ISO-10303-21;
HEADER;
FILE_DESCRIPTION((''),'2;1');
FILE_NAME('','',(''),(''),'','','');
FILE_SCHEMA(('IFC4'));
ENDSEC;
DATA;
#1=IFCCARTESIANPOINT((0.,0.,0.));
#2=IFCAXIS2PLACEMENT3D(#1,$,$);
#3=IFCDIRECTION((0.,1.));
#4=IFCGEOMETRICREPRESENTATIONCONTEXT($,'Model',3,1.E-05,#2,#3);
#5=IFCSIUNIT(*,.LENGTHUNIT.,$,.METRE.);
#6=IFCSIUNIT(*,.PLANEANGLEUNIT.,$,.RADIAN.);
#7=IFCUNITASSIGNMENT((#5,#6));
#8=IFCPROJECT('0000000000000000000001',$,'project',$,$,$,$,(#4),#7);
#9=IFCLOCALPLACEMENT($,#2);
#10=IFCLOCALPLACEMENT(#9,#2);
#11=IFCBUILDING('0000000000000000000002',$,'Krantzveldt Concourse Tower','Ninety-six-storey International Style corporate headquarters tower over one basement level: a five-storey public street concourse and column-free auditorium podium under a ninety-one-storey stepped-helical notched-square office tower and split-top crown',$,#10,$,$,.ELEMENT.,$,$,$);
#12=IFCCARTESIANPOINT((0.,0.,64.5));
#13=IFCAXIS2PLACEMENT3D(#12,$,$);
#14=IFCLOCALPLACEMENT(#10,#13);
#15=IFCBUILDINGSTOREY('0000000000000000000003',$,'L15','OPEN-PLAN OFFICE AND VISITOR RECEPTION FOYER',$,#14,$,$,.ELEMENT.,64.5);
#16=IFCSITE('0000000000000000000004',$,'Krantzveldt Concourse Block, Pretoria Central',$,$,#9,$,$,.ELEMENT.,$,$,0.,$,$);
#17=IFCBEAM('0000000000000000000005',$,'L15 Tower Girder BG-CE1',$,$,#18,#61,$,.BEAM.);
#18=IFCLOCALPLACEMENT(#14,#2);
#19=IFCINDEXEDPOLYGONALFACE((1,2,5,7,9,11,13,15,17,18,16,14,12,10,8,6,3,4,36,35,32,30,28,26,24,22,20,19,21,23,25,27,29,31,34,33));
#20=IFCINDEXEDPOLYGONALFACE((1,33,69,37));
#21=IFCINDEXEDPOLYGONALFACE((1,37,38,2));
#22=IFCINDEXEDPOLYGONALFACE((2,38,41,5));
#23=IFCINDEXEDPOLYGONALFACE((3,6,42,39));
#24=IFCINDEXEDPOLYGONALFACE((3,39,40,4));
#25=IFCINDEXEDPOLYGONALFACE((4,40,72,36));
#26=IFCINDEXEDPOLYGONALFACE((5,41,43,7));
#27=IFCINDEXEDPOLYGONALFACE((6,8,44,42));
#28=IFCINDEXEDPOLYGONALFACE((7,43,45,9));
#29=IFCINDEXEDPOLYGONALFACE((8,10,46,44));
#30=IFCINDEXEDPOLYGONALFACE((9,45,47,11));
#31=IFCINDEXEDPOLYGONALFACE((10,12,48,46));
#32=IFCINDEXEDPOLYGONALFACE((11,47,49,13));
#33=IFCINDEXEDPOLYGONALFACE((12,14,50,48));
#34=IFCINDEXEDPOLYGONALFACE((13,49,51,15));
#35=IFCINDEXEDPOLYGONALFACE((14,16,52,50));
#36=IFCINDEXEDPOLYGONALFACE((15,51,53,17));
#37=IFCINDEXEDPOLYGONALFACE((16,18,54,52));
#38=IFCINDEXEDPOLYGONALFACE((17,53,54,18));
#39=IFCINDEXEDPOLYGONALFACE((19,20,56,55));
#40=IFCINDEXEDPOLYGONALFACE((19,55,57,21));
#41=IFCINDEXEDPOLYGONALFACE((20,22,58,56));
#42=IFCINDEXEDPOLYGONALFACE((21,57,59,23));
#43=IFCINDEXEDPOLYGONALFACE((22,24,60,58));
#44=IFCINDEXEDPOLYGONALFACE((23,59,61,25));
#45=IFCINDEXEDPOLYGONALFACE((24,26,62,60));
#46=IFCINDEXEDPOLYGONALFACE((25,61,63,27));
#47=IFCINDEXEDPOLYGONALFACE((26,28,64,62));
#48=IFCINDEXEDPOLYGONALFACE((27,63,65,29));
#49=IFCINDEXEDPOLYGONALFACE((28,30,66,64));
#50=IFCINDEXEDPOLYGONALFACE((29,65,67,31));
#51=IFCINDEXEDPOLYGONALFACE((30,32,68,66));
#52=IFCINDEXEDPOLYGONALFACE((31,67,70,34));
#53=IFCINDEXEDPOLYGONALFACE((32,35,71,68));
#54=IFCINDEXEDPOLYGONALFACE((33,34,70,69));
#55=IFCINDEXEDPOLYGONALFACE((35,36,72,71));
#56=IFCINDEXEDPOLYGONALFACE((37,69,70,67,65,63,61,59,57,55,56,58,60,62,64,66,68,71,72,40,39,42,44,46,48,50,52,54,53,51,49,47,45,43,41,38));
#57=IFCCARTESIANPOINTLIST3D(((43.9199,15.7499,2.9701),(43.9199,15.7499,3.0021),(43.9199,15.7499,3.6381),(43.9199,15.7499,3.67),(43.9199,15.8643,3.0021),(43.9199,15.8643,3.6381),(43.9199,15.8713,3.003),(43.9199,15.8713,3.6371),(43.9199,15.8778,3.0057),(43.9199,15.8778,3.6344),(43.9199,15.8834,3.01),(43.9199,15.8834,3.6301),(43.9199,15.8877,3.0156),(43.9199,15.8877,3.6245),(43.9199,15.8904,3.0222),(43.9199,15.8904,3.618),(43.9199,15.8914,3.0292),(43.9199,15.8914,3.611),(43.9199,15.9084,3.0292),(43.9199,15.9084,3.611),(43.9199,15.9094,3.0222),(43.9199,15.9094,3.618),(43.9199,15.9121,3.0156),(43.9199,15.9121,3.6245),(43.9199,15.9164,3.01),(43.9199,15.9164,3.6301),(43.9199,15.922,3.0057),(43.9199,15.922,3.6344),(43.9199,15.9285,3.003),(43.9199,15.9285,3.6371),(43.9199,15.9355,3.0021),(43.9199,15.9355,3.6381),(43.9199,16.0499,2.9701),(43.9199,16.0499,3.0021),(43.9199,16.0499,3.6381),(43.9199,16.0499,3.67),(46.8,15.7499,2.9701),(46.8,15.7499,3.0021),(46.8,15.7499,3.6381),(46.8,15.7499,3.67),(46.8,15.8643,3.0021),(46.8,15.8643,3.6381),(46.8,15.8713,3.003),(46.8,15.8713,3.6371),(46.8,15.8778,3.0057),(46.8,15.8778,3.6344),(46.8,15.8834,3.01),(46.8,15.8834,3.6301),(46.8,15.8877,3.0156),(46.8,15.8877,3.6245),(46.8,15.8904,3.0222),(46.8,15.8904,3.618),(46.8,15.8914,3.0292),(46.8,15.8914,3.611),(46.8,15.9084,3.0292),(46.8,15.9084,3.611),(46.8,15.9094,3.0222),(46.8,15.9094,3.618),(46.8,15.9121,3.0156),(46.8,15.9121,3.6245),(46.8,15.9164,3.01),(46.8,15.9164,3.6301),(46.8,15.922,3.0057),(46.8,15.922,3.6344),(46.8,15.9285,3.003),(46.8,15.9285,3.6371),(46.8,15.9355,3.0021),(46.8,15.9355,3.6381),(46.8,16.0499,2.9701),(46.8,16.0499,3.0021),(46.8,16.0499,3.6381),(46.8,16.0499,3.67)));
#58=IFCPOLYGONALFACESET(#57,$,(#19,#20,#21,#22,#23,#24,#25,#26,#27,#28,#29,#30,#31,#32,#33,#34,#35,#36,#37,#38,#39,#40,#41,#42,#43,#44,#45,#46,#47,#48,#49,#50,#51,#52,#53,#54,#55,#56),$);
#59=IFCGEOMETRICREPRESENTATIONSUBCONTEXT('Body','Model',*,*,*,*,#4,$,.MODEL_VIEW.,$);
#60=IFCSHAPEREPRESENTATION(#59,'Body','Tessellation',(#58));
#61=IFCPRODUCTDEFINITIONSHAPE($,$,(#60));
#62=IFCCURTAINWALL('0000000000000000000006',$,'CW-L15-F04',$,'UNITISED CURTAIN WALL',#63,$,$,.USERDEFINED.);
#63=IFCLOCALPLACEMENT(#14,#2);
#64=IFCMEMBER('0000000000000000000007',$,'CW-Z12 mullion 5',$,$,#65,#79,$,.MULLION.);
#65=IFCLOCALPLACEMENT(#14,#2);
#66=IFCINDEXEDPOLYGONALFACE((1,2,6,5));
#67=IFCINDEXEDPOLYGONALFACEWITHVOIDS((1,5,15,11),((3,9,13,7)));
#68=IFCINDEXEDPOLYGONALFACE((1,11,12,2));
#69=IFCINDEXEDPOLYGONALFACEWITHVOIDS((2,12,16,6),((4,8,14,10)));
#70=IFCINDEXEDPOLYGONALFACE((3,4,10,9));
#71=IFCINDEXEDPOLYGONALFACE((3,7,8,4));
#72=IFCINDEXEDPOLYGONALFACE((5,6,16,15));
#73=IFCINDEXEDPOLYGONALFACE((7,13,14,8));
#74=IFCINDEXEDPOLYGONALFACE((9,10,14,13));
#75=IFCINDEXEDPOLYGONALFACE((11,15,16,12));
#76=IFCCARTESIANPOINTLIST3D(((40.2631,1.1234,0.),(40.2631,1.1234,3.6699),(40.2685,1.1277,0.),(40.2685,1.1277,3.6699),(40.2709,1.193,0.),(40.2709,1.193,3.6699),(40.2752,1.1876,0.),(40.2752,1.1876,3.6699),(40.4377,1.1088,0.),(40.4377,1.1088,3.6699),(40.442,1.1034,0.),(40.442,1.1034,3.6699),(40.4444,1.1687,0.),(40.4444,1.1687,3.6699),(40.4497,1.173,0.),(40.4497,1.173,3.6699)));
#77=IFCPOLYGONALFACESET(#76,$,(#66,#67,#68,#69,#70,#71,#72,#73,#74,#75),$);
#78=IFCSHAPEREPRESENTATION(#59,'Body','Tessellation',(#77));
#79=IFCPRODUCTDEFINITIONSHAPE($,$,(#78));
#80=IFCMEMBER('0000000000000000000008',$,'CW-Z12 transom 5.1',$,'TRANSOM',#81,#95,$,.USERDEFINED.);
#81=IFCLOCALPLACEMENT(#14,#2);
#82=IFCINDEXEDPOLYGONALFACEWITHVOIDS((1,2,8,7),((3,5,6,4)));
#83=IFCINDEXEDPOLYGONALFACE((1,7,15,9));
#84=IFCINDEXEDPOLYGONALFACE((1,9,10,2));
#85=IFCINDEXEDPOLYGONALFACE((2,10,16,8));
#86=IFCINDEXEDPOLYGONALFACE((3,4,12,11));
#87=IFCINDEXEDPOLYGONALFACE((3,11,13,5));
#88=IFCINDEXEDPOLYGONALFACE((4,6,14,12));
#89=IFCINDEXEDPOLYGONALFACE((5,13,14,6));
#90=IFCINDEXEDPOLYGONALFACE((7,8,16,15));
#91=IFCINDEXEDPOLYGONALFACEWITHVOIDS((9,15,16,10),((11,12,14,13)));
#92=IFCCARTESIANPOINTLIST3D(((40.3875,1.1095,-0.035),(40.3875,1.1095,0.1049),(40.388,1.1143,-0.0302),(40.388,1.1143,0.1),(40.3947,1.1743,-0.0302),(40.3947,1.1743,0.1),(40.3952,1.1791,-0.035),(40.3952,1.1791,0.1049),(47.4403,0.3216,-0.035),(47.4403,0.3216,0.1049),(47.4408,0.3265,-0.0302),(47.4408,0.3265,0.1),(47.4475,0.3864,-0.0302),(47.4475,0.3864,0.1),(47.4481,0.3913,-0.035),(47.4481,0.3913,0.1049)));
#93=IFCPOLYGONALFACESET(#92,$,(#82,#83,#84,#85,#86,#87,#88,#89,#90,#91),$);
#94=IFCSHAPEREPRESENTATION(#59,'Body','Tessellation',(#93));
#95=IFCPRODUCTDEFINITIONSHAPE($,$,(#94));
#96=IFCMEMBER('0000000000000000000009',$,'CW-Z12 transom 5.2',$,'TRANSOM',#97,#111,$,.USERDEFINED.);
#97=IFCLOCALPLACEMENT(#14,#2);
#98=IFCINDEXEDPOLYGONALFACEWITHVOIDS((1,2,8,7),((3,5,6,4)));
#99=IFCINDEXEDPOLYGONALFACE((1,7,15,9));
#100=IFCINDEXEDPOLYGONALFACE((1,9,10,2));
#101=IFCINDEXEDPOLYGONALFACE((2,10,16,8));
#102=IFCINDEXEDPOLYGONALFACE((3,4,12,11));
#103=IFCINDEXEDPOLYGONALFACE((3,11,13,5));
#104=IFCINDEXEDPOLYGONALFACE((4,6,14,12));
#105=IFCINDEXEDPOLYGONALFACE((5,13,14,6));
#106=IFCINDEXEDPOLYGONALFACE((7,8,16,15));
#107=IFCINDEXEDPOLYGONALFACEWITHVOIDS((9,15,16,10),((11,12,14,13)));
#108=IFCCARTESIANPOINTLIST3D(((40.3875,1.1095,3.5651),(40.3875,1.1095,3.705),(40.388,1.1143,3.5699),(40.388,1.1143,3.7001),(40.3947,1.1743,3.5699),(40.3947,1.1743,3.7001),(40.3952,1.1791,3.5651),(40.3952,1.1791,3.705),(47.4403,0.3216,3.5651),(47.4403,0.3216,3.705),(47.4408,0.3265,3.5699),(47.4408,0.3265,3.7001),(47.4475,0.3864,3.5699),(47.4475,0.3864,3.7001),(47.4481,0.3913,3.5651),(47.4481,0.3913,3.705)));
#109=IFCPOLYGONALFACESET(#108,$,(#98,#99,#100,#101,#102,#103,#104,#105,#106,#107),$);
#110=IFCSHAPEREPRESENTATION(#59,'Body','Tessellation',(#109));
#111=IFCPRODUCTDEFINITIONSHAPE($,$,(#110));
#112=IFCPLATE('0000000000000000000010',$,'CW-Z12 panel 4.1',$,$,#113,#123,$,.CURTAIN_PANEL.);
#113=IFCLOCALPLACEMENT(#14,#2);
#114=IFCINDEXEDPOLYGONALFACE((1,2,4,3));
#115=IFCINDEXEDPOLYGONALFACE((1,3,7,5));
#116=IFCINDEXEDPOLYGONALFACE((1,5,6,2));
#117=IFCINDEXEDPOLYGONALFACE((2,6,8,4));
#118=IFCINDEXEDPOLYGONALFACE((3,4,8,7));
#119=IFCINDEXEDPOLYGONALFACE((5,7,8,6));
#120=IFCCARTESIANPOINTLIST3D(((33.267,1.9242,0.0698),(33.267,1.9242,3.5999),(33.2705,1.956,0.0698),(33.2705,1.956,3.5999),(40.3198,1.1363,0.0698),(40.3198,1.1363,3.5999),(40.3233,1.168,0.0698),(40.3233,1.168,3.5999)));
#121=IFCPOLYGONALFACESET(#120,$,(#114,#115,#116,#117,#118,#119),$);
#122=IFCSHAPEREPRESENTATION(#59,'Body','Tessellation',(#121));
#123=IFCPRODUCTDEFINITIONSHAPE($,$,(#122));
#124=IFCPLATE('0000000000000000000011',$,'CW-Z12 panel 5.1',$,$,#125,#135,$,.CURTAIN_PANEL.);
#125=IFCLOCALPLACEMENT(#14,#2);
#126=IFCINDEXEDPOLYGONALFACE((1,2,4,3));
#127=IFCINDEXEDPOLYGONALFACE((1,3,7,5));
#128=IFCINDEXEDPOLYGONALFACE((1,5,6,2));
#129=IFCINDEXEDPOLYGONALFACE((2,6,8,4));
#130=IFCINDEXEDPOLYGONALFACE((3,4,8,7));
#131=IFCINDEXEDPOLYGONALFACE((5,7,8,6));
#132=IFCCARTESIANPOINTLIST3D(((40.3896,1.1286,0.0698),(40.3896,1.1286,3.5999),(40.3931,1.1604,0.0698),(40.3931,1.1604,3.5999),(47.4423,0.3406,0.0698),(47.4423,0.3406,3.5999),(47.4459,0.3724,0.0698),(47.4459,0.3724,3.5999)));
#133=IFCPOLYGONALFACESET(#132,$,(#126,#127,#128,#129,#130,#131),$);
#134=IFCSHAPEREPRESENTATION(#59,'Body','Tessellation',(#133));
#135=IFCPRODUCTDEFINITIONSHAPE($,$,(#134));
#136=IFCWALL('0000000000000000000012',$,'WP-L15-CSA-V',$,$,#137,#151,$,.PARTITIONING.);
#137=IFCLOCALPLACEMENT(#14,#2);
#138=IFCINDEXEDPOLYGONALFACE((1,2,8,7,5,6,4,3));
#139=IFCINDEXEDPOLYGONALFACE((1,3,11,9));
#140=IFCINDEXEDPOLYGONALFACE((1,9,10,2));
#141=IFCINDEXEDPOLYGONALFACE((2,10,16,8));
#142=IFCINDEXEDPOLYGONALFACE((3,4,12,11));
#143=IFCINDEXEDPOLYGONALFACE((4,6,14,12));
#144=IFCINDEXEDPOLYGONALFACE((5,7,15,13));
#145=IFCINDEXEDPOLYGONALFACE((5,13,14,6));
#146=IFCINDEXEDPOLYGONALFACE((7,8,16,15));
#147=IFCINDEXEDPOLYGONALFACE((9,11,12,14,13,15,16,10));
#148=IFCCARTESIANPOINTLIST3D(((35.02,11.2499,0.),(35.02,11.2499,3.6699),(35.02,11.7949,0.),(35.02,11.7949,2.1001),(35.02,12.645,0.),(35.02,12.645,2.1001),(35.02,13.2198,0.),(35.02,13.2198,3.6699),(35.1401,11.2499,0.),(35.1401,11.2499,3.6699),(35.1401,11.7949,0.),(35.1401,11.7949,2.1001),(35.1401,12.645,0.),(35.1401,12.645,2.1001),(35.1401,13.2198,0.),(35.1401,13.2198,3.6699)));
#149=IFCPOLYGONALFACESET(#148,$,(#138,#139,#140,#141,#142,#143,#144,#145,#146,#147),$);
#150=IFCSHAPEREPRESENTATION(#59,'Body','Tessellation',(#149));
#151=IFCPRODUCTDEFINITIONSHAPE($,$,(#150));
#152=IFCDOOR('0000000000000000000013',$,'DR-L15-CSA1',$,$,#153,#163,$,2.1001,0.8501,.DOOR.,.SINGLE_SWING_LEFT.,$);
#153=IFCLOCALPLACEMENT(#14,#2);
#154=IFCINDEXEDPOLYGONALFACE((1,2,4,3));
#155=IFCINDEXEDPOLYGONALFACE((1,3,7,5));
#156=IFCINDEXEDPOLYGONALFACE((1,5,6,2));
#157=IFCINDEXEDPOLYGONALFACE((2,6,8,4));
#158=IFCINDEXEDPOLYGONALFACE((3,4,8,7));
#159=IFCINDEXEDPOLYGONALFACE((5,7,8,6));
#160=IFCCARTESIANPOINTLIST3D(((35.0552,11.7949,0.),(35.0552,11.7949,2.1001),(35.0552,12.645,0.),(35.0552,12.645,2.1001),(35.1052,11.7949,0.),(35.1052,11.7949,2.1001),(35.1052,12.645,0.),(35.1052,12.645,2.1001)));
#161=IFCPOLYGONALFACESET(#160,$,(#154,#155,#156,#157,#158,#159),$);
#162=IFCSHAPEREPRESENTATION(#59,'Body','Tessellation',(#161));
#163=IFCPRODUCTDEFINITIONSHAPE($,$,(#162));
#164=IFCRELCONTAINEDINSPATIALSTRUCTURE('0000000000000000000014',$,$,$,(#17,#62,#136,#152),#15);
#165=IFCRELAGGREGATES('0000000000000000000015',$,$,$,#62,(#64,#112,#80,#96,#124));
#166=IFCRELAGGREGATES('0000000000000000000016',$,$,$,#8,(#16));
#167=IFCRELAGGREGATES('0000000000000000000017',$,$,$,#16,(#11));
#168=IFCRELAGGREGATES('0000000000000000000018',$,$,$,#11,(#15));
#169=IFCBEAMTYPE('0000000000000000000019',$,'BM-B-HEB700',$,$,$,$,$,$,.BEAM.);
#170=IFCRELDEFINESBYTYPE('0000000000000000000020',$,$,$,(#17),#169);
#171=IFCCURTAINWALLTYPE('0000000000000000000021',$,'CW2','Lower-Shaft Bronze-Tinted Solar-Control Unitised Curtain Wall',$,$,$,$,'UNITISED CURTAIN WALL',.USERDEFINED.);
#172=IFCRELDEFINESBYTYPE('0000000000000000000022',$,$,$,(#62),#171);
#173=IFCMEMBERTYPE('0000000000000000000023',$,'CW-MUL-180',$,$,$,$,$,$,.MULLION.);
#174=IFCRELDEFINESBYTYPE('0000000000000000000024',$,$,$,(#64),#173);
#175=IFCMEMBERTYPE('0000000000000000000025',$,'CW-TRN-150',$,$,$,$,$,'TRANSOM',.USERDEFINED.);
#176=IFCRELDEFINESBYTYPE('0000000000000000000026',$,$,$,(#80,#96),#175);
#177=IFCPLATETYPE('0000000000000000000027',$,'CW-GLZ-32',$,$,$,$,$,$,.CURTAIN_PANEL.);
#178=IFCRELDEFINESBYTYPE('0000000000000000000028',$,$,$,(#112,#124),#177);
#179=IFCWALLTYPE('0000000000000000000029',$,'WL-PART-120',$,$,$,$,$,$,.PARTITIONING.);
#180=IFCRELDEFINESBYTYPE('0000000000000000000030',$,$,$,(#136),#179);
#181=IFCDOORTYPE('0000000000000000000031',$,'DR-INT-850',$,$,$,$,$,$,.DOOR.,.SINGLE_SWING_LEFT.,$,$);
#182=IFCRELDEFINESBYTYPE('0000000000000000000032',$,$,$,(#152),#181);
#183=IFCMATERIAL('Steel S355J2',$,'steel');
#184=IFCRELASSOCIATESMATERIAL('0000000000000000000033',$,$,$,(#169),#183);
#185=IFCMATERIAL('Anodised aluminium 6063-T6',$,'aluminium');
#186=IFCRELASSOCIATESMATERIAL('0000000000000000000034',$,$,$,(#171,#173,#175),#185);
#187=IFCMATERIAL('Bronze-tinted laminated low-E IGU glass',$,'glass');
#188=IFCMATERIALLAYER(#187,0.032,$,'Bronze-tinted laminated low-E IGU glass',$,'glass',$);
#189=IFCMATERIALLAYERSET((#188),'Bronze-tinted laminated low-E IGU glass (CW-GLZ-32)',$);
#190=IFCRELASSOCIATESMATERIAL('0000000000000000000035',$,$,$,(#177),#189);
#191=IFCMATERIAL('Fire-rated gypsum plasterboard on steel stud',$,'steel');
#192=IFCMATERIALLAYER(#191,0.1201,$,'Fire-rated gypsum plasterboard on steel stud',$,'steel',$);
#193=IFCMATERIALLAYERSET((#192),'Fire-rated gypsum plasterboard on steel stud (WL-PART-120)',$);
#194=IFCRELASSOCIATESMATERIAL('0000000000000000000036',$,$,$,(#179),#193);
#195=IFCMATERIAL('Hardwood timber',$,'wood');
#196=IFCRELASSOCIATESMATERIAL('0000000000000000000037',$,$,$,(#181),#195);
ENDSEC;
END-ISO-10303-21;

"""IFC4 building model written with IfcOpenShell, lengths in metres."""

from ifc_helpers import new_model, si_unit, direction, frame, frame_2d, origin, origin_2d, place, context, subcontext, project, spatial, rectangle, hollow_rectangle, i_section, extrude, source, transform, mapped, material, layer, layer_set, material_profile, profile_set, type_object, type_shapes, element, fill, aggregate, save


model = new_model("IFC4")

# Units and contexts
model_context = context("Model", 3, precision=1e-05, world=origin(), true_north=direction((0.0, 1.0)))
body_context = subcontext(model_context, "Body", "Model", "MODEL_VIEW")
ifc_project = project(units=[si_unit("LENGTHUNIT", "METRE"), si_unit("PLANEANGLEUNIT", "RADIAN")], contexts=[model_context])

# Site, building, storey
site_placement = place(None, origin())
site = spatial("IfcSite", under=ifc_project, at=site_placement, Name="Krantzveldt Concourse Block, Pretoria Central", CompositionType="ELEMENT", RefElevation=0.0)
building_placement = place(site_placement, origin())
building = spatial("IfcBuilding", under=site, at=building_placement, Name="Krantzveldt Concourse Tower", Description="Ninety-six-storey International Style corporate headquarters tower over one basement level: a five-storey public street concourse and column-free auditorium podium under a ninety-one-storey stepped-helical notched-square office tower and split-top crown", CompositionType="ELEMENT")
storey_placement = place(building_placement, frame((0.0, 0.0, 64.5)))
storey = spatial("IfcBuildingStorey", under=building, at=storey_placement, Name="L15", Description="OPEN-PLAN OFFICE AND VISITOR RECEPTION FOYER", CompositionType="ELEMENT", Elevation=64.5)

# Beam
ifc_material_1 = material(Name="Steel S355J2", Category="steel")
ifc_material_profile_1 = material_profile(ifc_material_1, i_section(OverallWidth=0.3, OverallDepth=0.7, WebThickness=0.0171, FlangeThickness=0.032, FilletRadius=0.0271, at=origin_2d()), Name="Steel S355J2", Category="steel")
ifc_profile_set_1 = profile_set([ifc_material_profile_1], Name="Steel S355J2 - HEB 700")
beam_type = type_object("IfcBeamType", Name="BM-B-HEB700", PredefinedType="BEAM", material=ifc_profile_set_1)
shared_shape_1 = source(origin(), body_context, "Body", "SweptSolid", [
    extrude(i_section(OverallWidth=0.3, OverallDepth=0.7, WebThickness=0.0171, FlangeThickness=0.032, FilletRadius=0.0271, at=origin_2d()), origin(), (0.0, 0.0, 1.0), 2.8801),
])
type_shapes(beam_type, [shared_shape_1])
beam_placement = place(storey_placement, frame((43.9199, 15.8999, 3.3201), z_axis=(1.0, 0.0, 0.0), x_axis=(0.0, 1.0, 0.0)))
element("IfcBeam", 1, at=beam_placement, inside=storey, type_object=beam_type, Name="L15 Tower Girder BG-CE1", PredefinedType="BEAM", context=body_context, shape_type="MappedRepresentation", body=[
    mapped(shared_shape_1, transform((0.0, 0.0, 0.0), x_axis=(1.0, 0.0, 0.0), y_axis=(0.0, 1.0, 0.0), z_axis=(0.0, 0.0, 1.0), scale=1.0)),
])

# Curtain wall, members, plates
ifc_material_2 = material(Name="Anodised aluminium 6063-T6", Category="aluminium")
curtain_wall_type = type_object("IfcCurtainWallType", Name="CW2", Description="Lower-Shaft Bronze-Tinted Solar-Control Unitised Curtain Wall", ElementType="UNITISED CURTAIN WALL", PredefinedType="USERDEFINED", material=ifc_material_2)
curtain_wall_placement = place(storey_placement, origin())
curtain_wall = element("IfcCurtainWall", 2, at=curtain_wall_placement, inside=storey, type_object=curtain_wall_type, Name="CW-L15-F04", ObjectType="UNITISED CURTAIN WALL", PredefinedType="USERDEFINED")
ifc_material_profile_2 = material_profile(ifc_material_2, hollow_rectangle(XDim=0.0701, YDim=0.1799, WallThickness=0.0049, at=origin_2d()), Name="Anodised aluminium 6063-T6", Category="aluminium")
ifc_profile_set_2 = profile_set([ifc_material_profile_2], Name="Anodised aluminium 6063-T6 - ALU-MULL 180x70x5")
member_type_1 = type_object("IfcMemberType", Name="CW-MUL-180", PredefinedType="MULLION", material=ifc_profile_set_2)
shared_shape_2 = source(origin(), body_context, "Body", "SweptSolid", [
    extrude(hollow_rectangle(XDim=0.0701, YDim=0.1799, WallThickness=0.0049, at=origin_2d()), origin(), (0.0, 0.0, 1.0), 3.6699),
])
type_shapes(member_type_1, [shared_shape_2])
member_1_placement = place(storey_placement, frame((40.3564, 1.1482, 0.0), z_axis=(0.0, 0.0, 1.0), x_axis=(0.111035, 0.993816, 0.0)))
member_1 = element("IfcMember", 3, at=member_1_placement, type_object=member_type_1, Name="CW-Z12 mullion 5", PredefinedType="MULLION", context=body_context, shape_type="MappedRepresentation", body=[
    mapped(shared_shape_2, transform((0.0, 0.0, 0.0), x_axis=(1.0, 0.0, 0.0), y_axis=(0.0, 1.0, 0.0), z_axis=(0.0, 0.0, 1.0), scale=1.0)),
])
ifc_material_profile_3 = material_profile(ifc_material_2, hollow_rectangle(XDim=0.0701, YDim=0.1399, WallThickness=0.0049, at=origin_2d()), Name="Anodised aluminium 6063-T6", Category="aluminium")
ifc_profile_set_3 = profile_set([ifc_material_profile_3], Name="Anodised aluminium 6063-T6 - ALU-TRAN 140x70x5")
member_type_2 = type_object("IfcMemberType", Name="CW-TRN-150", ElementType="TRANSOM", PredefinedType="USERDEFINED", material=ifc_profile_set_3)
shared_shape_3 = source(origin(), body_context, "Body", "SweptSolid", [
    extrude(hollow_rectangle(XDim=0.0701, YDim=0.1399, WallThickness=0.0049, at=origin_2d()), origin(), (0.0, 0.0, 1.0), 7.0967),
])
type_shapes(member_type_2, [shared_shape_3])
member_2_placement = place(storey_placement, frame((40.3914, 1.1443, 0.0349), z_axis=(0.993819, -0.111017, 0.0), x_axis=(0.111017, 0.993819, 0.0)))
member_2 = element("IfcMember", 4, at=member_2_placement, type_object=member_type_2, Name="CW-Z12 transom 5.1", ObjectType="TRANSOM", PredefinedType="USERDEFINED", context=body_context, shape_type="MappedRepresentation", body=[
    mapped(shared_shape_3, transform((0.0, 0.0, 0.0), x_axis=(1.0, 0.0, 0.0), y_axis=(0.0, 1.0, 0.0), z_axis=(0.0, 0.0, 1.0), scale=1.0)),
])
member_3_placement = place(storey_placement, frame((40.3914, 1.1443, 3.635), z_axis=(0.993819, -0.111017, 0.0), x_axis=(0.111017, 0.993819, 0.0)))
member_3 = element("IfcMember", 5, at=member_3_placement, type_object=member_type_2, Name="CW-Z12 transom 5.2", ObjectType="TRANSOM", PredefinedType="USERDEFINED", context=body_context, shape_type="MappedRepresentation", body=[
    mapped(shared_shape_3, transform((0.0, 0.0, 0.0), x_axis=(1.0, 0.0, 0.0), y_axis=(0.0, 1.0, 0.0), z_axis=(0.0, 0.0, 1.0), scale=1.0)),
])
ifc_material_3 = material(Name="Bronze-tinted laminated low-E IGU glass", Category="glass")
ifc_layer_1 = layer(ifc_material_3, 0.032, Name="Bronze-tinted laminated low-E IGU glass", Category="glass")
ifc_layer_set_1 = layer_set([ifc_layer_1], Name="Bronze-tinted laminated low-E IGU glass (CW-GLZ-32)")
plate_type = type_object("IfcPlateType", Name="CW-GLZ-32", PredefinedType="CURTAIN_PANEL", material=ifc_layer_set_1)
shared_shape_4 = source(origin(), body_context, "Body", "SweptSolid", [
    extrude(rectangle(XDim=7.0967, YDim=0.032, at=origin_2d()), origin(), (0.0, 0.0, 1.0), 3.53),
])
type_shapes(plate_type, [shared_shape_4])
plate_1_placement = place(storey_placement, frame((36.7952, 1.5461, 0.0698), z_axis=(0.0, 0.0, 1.0), x_axis=(0.993816, -0.111035, 0.0)))
plate_1 = element("IfcPlate", 6, at=plate_1_placement, type_object=plate_type, Name="CW-Z12 panel 4.1", PredefinedType="CURTAIN_PANEL", context=body_context, shape_type="MappedRepresentation", body=[
    mapped(shared_shape_4, transform((0.0, 0.0, 0.0), x_axis=(1.0, 0.0, 0.0), y_axis=(0.0, 1.0, 0.0), z_axis=(0.0, 0.0, 1.0), scale=1.0)),
])
plate_2_placement = place(storey_placement, frame((43.9177, 0.7505, 0.0698), z_axis=(0.0, 0.0, 1.0), x_axis=(0.993816, -0.111035, 0.0)))
plate_2 = element("IfcPlate", 7, at=plate_2_placement, type_object=plate_type, Name="CW-Z12 panel 5.1", PredefinedType="CURTAIN_PANEL", context=body_context, shape_type="MappedRepresentation", body=[
    mapped(shared_shape_4, transform((0.0, 0.0, 0.0), x_axis=(1.0, 0.0, 0.0), y_axis=(0.0, 1.0, 0.0), z_axis=(0.0, 0.0, 1.0), scale=1.0)),
])
aggregate(curtain_wall, [member_1, plate_1, member_2, member_3, plate_2])

# Wall, opening, door
ifc_material_4 = material(Name="Fire-rated gypsum plasterboard on steel stud", Category="steel")
ifc_layer_2 = layer(ifc_material_4, 0.1201, Name="Fire-rated gypsum plasterboard on steel stud", Category="steel")
ifc_layer_set_2 = layer_set([ifc_layer_2], Name="Fire-rated gypsum plasterboard on steel stud (WL-PART-120)")
wall_type_1 = type_object("IfcWallType", Name="WL-PART-120", PredefinedType="PARTITIONING", material=ifc_layer_set_2)
wall_1_placement = place(storey_placement, frame((35.0801, 11.25, 0.0), z_axis=(0.0, 0.0, 1.0), x_axis=(0.0, 1.0, 0.0)))
wall_1 = element("IfcWall", 8, at=wall_1_placement, inside=storey, type_object=wall_type_1, Name="WP-L15-CSA-V", PredefinedType="PARTITIONING", context=body_context, shape_type="SweptSolid", body=[
    extrude(rectangle(XDim=1.97, YDim=0.1201, at=frame_2d((0.9849, 0.0))), origin(), (0.0, 0.0, 1.0), 3.6699),
])
opening_1_placement = place(wall_1_placement, frame((0.5449, 0.0, 0.0)))
opening_1 = element("IfcOpeningElement", 9, at=opening_1_placement, cuts=wall_1, PredefinedType="OPENING", context=body_context, shape_type="SweptSolid", body=[
    extrude(rectangle(XDim=0.8501, YDim=2.1001, at=frame_2d((0.425, 1.05))), frame((0.0, 0.0701, 0.0), z_axis=(0.0, -1.0, 0.0), x_axis=(1.0, 0.0, 0.0)), (0.0, 0.0, 1.0), 0.1401),
])
ifc_material_5 = material(Name="Hardwood timber", Category="wood")
door_type_1 = type_object("IfcDoorType", Name="DR-INT-850", OperationType="SINGLE_SWING_LEFT", PredefinedType="DOOR", material=ifc_material_5)
door_1_placement = place(opening_1_placement, origin())
door_1 = element("IfcDoor", 10, at=door_1_placement, inside=storey, type_object=door_type_1, Name="DR-L15-CSA1", OperationType="SINGLE_SWING_LEFT", OverallHeight=2.1001, OverallWidth=0.8501, PredefinedType="DOOR", context=body_context, shape_type="SweptSolid", body=[
    extrude(rectangle(XDim=0.8501, YDim=2.1001, at=frame_2d((0.425, 1.05))), frame((0.0, 0.0249, 0.0), z_axis=(0.0, -1.0, 0.0), x_axis=(1.0, 0.0, 0.0)), (0.0, 0.0, 1.0), 0.05),
])
fill(opening_1, door_1)

save(model, "model.ifc")
